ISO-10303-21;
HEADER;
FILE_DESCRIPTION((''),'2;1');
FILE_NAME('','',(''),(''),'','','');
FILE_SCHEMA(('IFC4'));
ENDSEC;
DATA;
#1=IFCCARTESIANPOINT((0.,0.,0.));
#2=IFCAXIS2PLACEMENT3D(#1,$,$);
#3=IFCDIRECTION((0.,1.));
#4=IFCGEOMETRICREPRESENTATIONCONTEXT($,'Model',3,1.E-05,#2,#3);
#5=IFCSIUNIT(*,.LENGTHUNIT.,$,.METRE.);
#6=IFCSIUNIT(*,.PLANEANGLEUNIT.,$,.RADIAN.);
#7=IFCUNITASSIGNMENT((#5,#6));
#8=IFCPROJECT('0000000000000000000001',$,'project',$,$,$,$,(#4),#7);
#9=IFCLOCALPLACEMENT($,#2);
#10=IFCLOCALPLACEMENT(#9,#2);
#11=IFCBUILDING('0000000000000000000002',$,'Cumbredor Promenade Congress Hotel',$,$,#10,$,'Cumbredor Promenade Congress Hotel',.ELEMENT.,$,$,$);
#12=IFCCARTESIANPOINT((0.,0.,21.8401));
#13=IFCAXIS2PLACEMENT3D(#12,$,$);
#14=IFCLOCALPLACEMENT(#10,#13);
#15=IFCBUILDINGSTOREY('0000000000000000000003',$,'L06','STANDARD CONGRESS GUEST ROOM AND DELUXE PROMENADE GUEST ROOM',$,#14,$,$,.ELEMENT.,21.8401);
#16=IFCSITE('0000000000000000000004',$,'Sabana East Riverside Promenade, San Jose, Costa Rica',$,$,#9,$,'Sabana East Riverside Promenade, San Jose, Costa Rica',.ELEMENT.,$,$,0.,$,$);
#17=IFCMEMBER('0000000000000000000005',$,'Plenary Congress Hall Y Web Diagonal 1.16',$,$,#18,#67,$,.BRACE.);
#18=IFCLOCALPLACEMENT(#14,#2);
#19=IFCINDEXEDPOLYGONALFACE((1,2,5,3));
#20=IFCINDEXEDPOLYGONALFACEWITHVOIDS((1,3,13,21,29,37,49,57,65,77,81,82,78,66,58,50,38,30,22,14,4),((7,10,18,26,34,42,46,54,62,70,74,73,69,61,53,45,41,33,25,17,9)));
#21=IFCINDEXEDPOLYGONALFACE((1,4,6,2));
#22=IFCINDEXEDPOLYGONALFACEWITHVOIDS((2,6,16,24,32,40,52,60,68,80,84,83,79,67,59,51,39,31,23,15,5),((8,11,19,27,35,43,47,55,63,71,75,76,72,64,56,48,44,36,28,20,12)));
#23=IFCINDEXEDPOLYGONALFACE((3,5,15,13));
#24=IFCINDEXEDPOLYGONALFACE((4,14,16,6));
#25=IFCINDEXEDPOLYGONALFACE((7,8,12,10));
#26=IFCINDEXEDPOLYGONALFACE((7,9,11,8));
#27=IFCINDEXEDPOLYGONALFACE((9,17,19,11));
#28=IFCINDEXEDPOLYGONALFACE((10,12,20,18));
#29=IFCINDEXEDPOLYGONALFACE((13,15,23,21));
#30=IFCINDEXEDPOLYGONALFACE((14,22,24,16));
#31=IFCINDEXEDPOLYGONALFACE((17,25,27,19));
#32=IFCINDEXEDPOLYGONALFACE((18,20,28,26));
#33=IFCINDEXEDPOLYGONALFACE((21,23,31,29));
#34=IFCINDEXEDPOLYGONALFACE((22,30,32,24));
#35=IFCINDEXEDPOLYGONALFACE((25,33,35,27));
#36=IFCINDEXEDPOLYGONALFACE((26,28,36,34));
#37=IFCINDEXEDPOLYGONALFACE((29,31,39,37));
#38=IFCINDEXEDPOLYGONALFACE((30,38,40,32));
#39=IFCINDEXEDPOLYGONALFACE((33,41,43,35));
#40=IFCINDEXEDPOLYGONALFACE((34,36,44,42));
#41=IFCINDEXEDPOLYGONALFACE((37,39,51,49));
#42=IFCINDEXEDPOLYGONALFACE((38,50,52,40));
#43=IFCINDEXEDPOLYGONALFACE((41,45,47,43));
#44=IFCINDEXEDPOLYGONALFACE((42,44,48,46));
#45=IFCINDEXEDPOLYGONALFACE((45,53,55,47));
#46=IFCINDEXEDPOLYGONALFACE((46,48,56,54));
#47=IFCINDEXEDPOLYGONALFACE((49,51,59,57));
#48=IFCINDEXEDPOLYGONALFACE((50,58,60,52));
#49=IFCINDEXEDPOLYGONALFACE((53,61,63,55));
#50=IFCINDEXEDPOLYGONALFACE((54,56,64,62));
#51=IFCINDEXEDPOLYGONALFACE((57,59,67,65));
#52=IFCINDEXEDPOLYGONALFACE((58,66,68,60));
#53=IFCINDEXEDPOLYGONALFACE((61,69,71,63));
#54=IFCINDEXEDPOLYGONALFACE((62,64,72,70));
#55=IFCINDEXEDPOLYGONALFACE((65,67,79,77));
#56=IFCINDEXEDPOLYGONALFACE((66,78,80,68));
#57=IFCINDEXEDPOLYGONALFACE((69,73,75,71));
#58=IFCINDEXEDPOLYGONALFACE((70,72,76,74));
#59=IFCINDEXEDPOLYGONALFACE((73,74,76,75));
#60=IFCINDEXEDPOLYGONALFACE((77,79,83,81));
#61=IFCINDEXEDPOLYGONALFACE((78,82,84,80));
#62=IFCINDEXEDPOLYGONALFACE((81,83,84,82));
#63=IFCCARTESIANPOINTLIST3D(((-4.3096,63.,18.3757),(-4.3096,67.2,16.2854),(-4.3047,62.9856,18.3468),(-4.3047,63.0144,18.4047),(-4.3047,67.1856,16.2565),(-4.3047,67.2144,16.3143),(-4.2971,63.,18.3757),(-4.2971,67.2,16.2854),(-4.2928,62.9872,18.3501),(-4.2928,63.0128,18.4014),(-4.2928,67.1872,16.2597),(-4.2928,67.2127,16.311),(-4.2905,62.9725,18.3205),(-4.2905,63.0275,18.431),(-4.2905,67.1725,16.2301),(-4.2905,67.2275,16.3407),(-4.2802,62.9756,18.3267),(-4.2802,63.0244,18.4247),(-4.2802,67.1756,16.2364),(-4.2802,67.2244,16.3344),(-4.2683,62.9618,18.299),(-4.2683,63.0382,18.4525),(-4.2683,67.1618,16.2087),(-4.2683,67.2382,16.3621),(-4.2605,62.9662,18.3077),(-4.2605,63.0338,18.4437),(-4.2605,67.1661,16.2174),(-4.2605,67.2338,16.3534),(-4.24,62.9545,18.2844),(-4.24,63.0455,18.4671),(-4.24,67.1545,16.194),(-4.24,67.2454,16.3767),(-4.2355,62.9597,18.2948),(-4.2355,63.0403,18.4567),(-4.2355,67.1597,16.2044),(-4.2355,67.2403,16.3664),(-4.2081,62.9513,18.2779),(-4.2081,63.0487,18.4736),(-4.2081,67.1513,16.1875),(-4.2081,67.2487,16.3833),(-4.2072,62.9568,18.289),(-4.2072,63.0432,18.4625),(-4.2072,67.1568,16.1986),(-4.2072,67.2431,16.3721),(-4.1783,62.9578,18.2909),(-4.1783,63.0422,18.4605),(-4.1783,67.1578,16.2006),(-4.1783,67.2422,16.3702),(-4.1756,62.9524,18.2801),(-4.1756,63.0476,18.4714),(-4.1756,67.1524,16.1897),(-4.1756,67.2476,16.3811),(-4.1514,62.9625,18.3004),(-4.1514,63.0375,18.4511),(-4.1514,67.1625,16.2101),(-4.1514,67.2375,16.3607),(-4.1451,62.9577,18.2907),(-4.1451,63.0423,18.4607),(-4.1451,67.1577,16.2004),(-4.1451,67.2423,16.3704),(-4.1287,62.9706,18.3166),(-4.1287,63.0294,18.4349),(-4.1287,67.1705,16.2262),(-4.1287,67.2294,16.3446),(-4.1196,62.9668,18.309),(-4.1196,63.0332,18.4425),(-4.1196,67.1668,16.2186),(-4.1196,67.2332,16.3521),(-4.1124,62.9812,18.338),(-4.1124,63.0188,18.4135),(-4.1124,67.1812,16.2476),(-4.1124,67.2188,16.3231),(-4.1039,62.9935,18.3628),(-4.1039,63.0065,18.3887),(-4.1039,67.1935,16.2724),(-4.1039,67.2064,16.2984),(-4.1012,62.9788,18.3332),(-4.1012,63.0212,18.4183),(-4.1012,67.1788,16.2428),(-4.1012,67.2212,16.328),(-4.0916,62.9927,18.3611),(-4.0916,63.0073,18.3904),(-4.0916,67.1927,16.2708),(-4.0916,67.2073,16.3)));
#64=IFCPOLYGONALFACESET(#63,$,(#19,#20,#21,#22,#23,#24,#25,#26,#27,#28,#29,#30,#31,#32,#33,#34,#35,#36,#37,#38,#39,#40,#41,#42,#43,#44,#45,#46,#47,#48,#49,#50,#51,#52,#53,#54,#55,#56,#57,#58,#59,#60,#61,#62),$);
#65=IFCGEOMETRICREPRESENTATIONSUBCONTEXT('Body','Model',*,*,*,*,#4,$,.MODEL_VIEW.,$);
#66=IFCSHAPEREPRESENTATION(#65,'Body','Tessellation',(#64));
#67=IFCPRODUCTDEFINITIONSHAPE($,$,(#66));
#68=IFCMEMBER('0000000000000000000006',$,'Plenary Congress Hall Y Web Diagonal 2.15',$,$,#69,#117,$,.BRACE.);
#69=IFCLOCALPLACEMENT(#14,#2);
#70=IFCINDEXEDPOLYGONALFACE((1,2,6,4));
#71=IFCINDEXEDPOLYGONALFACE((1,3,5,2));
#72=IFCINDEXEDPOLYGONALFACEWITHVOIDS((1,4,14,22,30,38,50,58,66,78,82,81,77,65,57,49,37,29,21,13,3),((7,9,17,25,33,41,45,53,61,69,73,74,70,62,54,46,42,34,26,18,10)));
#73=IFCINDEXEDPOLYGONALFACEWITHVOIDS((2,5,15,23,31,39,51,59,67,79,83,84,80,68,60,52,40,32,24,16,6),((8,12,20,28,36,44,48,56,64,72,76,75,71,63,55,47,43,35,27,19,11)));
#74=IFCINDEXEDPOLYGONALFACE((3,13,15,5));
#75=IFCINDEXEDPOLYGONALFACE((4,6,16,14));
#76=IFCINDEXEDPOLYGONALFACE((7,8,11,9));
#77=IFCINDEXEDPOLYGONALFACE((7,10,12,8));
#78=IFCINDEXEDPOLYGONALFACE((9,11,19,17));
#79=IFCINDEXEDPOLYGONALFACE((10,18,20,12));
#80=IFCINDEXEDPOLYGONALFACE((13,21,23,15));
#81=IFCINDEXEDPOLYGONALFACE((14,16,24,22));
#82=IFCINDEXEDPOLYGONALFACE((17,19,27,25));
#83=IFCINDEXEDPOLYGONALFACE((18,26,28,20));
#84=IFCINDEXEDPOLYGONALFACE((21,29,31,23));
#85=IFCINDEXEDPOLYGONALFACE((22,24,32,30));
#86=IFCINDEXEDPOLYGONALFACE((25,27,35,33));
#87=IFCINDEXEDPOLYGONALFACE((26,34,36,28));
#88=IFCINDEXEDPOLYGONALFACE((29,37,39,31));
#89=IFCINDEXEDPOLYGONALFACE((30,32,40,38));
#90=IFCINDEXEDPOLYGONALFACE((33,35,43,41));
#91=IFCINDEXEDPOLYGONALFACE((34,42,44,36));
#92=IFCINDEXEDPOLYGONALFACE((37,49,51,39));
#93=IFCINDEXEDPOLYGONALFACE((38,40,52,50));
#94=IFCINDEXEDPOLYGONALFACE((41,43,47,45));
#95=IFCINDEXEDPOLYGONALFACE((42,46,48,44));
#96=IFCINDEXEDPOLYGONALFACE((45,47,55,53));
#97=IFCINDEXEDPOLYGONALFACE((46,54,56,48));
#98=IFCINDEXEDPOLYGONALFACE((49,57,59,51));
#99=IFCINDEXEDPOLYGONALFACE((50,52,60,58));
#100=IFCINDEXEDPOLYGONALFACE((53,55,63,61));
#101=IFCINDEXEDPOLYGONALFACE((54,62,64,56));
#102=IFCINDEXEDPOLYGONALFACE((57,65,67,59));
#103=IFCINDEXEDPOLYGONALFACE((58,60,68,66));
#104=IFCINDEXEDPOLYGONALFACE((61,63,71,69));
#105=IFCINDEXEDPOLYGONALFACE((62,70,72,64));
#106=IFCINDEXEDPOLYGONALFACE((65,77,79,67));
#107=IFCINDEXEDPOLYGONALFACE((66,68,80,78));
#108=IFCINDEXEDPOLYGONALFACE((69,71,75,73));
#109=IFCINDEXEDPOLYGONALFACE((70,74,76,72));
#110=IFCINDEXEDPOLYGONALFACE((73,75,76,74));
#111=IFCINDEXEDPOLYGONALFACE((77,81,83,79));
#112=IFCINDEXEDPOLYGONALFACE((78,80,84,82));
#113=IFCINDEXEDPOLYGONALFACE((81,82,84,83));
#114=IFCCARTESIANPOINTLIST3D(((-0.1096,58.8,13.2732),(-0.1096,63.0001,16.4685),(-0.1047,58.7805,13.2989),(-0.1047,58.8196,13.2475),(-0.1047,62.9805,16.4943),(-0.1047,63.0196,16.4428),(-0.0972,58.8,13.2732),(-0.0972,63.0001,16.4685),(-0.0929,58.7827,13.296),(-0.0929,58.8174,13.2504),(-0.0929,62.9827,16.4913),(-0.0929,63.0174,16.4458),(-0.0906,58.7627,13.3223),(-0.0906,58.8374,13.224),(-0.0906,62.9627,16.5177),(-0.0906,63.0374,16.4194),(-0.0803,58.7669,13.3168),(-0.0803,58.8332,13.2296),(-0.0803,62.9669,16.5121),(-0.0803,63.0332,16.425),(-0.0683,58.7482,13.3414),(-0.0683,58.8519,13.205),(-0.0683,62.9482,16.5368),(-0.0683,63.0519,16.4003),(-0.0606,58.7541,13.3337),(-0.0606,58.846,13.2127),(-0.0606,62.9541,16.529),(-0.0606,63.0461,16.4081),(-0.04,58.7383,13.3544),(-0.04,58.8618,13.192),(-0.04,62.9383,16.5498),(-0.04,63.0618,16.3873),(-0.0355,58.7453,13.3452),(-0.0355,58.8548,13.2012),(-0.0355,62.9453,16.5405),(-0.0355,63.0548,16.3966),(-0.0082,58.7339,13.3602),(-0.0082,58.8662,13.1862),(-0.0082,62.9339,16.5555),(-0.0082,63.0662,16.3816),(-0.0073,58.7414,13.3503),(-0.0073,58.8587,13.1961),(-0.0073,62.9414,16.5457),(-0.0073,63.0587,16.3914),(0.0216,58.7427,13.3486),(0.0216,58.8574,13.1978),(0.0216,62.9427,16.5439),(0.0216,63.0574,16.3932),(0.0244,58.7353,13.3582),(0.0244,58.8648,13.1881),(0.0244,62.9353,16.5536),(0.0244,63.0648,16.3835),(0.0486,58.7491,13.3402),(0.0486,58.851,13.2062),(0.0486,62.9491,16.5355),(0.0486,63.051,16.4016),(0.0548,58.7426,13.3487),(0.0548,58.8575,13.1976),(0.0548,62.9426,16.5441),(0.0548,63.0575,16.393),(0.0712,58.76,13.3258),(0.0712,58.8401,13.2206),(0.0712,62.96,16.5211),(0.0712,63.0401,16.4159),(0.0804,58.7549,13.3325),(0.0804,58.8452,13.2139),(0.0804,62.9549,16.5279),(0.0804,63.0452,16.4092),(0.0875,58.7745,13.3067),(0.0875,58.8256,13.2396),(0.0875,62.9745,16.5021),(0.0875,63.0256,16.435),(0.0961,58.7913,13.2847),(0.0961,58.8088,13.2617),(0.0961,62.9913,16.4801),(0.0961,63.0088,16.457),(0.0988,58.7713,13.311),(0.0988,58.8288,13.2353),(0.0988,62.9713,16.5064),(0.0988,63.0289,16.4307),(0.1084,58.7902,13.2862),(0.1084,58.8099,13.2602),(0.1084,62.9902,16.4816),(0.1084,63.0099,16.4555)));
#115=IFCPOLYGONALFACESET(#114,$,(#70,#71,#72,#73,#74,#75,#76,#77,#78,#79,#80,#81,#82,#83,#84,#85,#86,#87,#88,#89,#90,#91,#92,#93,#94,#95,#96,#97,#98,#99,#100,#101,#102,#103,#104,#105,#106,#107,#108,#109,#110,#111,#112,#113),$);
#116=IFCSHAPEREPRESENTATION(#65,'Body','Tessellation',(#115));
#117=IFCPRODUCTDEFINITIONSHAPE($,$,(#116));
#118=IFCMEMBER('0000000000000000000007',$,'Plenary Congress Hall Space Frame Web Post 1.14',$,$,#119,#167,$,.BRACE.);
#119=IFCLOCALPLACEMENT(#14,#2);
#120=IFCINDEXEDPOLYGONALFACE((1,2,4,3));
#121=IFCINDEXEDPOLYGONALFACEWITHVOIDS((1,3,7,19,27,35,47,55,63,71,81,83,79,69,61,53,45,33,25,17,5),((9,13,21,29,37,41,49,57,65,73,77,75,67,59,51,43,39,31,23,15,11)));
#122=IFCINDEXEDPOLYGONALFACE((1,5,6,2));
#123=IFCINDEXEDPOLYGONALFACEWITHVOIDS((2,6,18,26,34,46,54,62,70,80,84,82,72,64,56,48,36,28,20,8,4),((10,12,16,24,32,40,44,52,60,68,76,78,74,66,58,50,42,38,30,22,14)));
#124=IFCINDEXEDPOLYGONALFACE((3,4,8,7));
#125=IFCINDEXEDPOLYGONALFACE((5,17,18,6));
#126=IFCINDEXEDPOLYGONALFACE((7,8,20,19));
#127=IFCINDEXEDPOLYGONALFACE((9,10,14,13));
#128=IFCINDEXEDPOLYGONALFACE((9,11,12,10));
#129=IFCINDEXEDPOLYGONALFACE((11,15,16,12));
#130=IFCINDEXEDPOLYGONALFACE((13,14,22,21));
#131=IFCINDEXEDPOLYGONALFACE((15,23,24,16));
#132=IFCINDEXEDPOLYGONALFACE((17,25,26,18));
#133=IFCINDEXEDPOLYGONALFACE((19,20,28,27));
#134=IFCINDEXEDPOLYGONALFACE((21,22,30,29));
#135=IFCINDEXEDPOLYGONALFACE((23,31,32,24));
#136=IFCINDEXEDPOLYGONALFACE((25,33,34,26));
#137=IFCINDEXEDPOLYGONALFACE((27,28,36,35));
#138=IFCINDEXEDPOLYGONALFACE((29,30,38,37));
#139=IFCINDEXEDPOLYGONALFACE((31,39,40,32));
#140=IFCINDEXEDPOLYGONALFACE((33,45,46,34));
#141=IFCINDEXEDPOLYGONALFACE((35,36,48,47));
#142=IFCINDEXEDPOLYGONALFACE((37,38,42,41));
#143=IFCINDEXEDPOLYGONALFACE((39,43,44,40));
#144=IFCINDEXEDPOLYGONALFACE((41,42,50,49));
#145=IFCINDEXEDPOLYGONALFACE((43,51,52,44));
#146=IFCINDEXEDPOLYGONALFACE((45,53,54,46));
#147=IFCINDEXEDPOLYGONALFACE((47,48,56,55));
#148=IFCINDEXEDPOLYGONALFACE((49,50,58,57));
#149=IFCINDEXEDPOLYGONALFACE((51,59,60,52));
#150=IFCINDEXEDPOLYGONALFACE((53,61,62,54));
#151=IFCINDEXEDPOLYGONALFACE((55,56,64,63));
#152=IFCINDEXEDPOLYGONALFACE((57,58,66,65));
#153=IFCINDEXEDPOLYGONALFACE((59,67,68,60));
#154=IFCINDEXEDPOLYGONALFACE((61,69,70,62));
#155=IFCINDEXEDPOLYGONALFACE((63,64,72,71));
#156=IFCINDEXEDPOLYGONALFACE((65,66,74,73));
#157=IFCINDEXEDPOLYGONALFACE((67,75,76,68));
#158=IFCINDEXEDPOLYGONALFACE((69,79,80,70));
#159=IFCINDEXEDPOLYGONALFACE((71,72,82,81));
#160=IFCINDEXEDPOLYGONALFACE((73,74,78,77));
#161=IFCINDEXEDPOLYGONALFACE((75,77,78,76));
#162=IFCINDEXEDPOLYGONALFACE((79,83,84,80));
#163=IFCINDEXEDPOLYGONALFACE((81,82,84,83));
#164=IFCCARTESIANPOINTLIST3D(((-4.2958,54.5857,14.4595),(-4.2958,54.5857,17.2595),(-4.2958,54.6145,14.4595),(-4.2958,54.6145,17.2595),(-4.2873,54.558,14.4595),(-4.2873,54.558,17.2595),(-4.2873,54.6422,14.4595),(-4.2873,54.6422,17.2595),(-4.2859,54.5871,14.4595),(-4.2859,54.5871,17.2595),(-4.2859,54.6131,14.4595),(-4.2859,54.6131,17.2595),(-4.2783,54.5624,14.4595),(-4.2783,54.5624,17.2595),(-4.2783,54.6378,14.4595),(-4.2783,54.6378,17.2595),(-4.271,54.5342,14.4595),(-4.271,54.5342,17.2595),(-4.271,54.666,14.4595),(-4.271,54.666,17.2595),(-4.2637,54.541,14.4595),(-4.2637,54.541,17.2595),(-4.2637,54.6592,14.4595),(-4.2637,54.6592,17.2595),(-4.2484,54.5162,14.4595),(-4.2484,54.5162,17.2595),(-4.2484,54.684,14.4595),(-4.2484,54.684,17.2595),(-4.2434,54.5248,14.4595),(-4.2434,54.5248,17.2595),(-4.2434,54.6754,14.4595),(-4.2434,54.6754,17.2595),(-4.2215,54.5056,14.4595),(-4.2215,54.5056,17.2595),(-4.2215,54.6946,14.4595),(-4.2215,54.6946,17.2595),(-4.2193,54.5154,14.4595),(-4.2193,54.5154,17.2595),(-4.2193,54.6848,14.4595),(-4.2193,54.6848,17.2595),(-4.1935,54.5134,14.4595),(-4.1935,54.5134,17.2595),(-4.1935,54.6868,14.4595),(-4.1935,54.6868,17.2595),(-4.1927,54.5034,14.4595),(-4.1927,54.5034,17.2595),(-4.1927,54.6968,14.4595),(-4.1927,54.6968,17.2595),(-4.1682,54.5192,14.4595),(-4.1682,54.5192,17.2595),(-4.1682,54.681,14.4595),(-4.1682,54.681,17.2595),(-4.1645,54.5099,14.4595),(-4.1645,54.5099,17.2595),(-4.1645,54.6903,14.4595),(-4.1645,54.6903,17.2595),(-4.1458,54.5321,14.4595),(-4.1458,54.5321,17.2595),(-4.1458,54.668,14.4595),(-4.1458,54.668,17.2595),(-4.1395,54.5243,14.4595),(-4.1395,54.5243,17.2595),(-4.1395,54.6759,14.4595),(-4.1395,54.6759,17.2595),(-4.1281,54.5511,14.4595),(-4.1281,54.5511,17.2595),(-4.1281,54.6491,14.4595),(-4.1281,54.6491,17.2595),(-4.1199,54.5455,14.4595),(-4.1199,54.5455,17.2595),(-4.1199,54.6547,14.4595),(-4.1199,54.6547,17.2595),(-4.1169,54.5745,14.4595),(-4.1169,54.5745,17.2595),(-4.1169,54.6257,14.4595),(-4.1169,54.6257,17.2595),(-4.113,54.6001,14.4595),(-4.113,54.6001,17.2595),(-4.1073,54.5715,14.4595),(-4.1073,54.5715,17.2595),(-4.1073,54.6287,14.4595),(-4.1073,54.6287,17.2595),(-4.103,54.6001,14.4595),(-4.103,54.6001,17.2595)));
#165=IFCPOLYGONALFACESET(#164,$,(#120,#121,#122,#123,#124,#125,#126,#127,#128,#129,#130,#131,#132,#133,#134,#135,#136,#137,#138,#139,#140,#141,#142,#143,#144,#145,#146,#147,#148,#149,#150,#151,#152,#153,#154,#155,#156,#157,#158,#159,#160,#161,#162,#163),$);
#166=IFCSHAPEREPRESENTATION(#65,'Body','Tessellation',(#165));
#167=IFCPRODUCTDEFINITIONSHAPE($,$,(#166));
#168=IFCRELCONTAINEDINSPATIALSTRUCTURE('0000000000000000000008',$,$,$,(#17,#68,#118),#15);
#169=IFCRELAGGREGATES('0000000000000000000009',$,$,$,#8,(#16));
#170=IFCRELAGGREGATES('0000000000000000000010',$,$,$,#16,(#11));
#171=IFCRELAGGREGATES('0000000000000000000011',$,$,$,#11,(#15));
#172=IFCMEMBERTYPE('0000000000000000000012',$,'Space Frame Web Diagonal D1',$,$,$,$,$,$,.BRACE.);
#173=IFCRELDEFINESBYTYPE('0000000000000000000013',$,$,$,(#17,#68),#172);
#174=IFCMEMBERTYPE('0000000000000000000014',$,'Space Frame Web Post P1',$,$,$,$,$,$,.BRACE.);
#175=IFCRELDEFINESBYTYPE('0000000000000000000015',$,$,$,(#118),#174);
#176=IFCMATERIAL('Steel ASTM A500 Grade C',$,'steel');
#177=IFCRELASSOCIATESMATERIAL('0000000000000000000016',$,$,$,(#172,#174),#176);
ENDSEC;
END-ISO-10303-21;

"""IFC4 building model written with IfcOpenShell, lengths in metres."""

from ifc_helpers import new_model, si_unit, direction, frame, origin, origin_2d, place, context, subcontext, project, spatial, hollow_circle, extrude, material, material_profile, profile_set, type_object, element, save


model = new_model("IFC4")

# Units and contexts
model_context = context("Model", 3, precision=1e-05, world=origin(), true_north=direction((0.0, 1.0)))
body_context = subcontext(model_context, "Body", "Model", "MODEL_VIEW")
ifc_project = project(units=[si_unit("LENGTHUNIT", "METRE"), si_unit("PLANEANGLEUNIT", "RADIAN")], contexts=[model_context])

# Site, building, storey
site_placement = place(None, origin())
site = spatial("IfcSite", under=ifc_project, at=site_placement, Name="Sabana East Riverside Promenade, San Jose, Costa Rica", LongName="Sabana East Riverside Promenade, San Jose, Costa Rica", CompositionType="ELEMENT", RefElevation=0.0)
building_placement = place(site_placement, origin())
building = spatial("IfcBuilding", under=site, at=building_placement, Name="Cumbredor Promenade Congress Hotel", LongName="Cumbredor Promenade Congress Hotel", CompositionType="ELEMENT")
storey_placement = place(building_placement, frame((0.0, 0.0, 21.8401)))
storey = spatial("IfcBuildingStorey", under=building, at=storey_placement, Name="L06", Description="STANDARD CONGRESS GUEST ROOM AND DELUXE PROMENADE GUEST ROOM", CompositionType="ELEMENT", Elevation=21.8401)

# Members
ifc_material_1 = material(Name="Steel ASTM A500 Grade C", Category="steel")
ifc_material_profile_1 = material_profile(ifc_material_1, hollow_circle(Radius=0.1096, WallThickness=0.0125, at=origin_2d()), Name="CHS 219.1x12.5")
ifc_profile_set_1 = profile_set([ifc_material_profile_1], Name="Steel ASTM A500 Grade C")
member_type_1 = type_object("IfcMemberType", Name="Space Frame Web Diagonal D1", PredefinedType="BRACE", material=ifc_profile_set_1)
member_1_placement = place(storey_placement, frame((-4.2, 63.0, 18.3757), z_axis=(0.0, 0.895248, -0.445568), x_axis=(-1.0, 0.0, 0.0)))
element("IfcMember", 1, at=member_1_placement, inside=storey, type_object=member_type_1, Name="Plenary Congress Hall Y Web Diagonal 1.16", PredefinedType="BRACE", context=body_context, shape_type="SweptSolid", body=[
    extrude(hollow_circle(Radius=0.1096, WallThickness=0.0125, at=origin_2d()), origin(), (0.0, 0.0, 1.0), 4.6914),
])
member_2_placement = place(storey_placement, frame((0.0, 58.8, 13.2732), z_axis=(0.0, 0.795856, 0.605486), x_axis=(-1.0, 0.0, 0.0)))
element("IfcMember", 2, at=member_2_placement, inside=storey, type_object=member_type_1, Name="Plenary Congress Hall Y Web Diagonal 2.15", PredefinedType="BRACE", context=body_context, shape_type="SweptSolid", body=[
    extrude(hollow_circle(Radius=0.1096, WallThickness=0.0125, at=origin_2d()), origin(), (0.0, 0.0, 1.0), 5.2773),
])
ifc_material_profile_2 = material_profile(ifc_material_1, hollow_circle(Radius=0.0969, WallThickness=0.01, at=origin_2d()), Name="CHS 193.7x10")
ifc_profile_set_2 = profile_set([ifc_material_profile_2], Name="Steel ASTM A500 Grade C")
member_type_2 = type_object("IfcMemberType", Name="Space Frame Web Post P1", PredefinedType="BRACE", material=ifc_profile_set_2)
for number, where, z_axis, x_axis, name in (
    (3, (-4.2, 54.6001, 14.4595), (0.0, 0.0, 1.0), (1.0, 0.0, 0.0), "Plenary Congress Hall Space Frame Web Post 1.14"),
):
    element("IfcMember", number, at=place(storey_placement, frame(where, z_axis=z_axis, x_axis=x_axis)), inside=storey, type_object=member_type_2, Name=name, PredefinedType="BRACE", context=body_context, shape_type="SweptSolid", body=[
        extrude(hollow_circle(Radius=0.0969, WallThickness=0.01, at=origin_2d()), origin(), (0.0, 0.0, 1.0), 2.8),
    ])

save(model, "model.ifc")
